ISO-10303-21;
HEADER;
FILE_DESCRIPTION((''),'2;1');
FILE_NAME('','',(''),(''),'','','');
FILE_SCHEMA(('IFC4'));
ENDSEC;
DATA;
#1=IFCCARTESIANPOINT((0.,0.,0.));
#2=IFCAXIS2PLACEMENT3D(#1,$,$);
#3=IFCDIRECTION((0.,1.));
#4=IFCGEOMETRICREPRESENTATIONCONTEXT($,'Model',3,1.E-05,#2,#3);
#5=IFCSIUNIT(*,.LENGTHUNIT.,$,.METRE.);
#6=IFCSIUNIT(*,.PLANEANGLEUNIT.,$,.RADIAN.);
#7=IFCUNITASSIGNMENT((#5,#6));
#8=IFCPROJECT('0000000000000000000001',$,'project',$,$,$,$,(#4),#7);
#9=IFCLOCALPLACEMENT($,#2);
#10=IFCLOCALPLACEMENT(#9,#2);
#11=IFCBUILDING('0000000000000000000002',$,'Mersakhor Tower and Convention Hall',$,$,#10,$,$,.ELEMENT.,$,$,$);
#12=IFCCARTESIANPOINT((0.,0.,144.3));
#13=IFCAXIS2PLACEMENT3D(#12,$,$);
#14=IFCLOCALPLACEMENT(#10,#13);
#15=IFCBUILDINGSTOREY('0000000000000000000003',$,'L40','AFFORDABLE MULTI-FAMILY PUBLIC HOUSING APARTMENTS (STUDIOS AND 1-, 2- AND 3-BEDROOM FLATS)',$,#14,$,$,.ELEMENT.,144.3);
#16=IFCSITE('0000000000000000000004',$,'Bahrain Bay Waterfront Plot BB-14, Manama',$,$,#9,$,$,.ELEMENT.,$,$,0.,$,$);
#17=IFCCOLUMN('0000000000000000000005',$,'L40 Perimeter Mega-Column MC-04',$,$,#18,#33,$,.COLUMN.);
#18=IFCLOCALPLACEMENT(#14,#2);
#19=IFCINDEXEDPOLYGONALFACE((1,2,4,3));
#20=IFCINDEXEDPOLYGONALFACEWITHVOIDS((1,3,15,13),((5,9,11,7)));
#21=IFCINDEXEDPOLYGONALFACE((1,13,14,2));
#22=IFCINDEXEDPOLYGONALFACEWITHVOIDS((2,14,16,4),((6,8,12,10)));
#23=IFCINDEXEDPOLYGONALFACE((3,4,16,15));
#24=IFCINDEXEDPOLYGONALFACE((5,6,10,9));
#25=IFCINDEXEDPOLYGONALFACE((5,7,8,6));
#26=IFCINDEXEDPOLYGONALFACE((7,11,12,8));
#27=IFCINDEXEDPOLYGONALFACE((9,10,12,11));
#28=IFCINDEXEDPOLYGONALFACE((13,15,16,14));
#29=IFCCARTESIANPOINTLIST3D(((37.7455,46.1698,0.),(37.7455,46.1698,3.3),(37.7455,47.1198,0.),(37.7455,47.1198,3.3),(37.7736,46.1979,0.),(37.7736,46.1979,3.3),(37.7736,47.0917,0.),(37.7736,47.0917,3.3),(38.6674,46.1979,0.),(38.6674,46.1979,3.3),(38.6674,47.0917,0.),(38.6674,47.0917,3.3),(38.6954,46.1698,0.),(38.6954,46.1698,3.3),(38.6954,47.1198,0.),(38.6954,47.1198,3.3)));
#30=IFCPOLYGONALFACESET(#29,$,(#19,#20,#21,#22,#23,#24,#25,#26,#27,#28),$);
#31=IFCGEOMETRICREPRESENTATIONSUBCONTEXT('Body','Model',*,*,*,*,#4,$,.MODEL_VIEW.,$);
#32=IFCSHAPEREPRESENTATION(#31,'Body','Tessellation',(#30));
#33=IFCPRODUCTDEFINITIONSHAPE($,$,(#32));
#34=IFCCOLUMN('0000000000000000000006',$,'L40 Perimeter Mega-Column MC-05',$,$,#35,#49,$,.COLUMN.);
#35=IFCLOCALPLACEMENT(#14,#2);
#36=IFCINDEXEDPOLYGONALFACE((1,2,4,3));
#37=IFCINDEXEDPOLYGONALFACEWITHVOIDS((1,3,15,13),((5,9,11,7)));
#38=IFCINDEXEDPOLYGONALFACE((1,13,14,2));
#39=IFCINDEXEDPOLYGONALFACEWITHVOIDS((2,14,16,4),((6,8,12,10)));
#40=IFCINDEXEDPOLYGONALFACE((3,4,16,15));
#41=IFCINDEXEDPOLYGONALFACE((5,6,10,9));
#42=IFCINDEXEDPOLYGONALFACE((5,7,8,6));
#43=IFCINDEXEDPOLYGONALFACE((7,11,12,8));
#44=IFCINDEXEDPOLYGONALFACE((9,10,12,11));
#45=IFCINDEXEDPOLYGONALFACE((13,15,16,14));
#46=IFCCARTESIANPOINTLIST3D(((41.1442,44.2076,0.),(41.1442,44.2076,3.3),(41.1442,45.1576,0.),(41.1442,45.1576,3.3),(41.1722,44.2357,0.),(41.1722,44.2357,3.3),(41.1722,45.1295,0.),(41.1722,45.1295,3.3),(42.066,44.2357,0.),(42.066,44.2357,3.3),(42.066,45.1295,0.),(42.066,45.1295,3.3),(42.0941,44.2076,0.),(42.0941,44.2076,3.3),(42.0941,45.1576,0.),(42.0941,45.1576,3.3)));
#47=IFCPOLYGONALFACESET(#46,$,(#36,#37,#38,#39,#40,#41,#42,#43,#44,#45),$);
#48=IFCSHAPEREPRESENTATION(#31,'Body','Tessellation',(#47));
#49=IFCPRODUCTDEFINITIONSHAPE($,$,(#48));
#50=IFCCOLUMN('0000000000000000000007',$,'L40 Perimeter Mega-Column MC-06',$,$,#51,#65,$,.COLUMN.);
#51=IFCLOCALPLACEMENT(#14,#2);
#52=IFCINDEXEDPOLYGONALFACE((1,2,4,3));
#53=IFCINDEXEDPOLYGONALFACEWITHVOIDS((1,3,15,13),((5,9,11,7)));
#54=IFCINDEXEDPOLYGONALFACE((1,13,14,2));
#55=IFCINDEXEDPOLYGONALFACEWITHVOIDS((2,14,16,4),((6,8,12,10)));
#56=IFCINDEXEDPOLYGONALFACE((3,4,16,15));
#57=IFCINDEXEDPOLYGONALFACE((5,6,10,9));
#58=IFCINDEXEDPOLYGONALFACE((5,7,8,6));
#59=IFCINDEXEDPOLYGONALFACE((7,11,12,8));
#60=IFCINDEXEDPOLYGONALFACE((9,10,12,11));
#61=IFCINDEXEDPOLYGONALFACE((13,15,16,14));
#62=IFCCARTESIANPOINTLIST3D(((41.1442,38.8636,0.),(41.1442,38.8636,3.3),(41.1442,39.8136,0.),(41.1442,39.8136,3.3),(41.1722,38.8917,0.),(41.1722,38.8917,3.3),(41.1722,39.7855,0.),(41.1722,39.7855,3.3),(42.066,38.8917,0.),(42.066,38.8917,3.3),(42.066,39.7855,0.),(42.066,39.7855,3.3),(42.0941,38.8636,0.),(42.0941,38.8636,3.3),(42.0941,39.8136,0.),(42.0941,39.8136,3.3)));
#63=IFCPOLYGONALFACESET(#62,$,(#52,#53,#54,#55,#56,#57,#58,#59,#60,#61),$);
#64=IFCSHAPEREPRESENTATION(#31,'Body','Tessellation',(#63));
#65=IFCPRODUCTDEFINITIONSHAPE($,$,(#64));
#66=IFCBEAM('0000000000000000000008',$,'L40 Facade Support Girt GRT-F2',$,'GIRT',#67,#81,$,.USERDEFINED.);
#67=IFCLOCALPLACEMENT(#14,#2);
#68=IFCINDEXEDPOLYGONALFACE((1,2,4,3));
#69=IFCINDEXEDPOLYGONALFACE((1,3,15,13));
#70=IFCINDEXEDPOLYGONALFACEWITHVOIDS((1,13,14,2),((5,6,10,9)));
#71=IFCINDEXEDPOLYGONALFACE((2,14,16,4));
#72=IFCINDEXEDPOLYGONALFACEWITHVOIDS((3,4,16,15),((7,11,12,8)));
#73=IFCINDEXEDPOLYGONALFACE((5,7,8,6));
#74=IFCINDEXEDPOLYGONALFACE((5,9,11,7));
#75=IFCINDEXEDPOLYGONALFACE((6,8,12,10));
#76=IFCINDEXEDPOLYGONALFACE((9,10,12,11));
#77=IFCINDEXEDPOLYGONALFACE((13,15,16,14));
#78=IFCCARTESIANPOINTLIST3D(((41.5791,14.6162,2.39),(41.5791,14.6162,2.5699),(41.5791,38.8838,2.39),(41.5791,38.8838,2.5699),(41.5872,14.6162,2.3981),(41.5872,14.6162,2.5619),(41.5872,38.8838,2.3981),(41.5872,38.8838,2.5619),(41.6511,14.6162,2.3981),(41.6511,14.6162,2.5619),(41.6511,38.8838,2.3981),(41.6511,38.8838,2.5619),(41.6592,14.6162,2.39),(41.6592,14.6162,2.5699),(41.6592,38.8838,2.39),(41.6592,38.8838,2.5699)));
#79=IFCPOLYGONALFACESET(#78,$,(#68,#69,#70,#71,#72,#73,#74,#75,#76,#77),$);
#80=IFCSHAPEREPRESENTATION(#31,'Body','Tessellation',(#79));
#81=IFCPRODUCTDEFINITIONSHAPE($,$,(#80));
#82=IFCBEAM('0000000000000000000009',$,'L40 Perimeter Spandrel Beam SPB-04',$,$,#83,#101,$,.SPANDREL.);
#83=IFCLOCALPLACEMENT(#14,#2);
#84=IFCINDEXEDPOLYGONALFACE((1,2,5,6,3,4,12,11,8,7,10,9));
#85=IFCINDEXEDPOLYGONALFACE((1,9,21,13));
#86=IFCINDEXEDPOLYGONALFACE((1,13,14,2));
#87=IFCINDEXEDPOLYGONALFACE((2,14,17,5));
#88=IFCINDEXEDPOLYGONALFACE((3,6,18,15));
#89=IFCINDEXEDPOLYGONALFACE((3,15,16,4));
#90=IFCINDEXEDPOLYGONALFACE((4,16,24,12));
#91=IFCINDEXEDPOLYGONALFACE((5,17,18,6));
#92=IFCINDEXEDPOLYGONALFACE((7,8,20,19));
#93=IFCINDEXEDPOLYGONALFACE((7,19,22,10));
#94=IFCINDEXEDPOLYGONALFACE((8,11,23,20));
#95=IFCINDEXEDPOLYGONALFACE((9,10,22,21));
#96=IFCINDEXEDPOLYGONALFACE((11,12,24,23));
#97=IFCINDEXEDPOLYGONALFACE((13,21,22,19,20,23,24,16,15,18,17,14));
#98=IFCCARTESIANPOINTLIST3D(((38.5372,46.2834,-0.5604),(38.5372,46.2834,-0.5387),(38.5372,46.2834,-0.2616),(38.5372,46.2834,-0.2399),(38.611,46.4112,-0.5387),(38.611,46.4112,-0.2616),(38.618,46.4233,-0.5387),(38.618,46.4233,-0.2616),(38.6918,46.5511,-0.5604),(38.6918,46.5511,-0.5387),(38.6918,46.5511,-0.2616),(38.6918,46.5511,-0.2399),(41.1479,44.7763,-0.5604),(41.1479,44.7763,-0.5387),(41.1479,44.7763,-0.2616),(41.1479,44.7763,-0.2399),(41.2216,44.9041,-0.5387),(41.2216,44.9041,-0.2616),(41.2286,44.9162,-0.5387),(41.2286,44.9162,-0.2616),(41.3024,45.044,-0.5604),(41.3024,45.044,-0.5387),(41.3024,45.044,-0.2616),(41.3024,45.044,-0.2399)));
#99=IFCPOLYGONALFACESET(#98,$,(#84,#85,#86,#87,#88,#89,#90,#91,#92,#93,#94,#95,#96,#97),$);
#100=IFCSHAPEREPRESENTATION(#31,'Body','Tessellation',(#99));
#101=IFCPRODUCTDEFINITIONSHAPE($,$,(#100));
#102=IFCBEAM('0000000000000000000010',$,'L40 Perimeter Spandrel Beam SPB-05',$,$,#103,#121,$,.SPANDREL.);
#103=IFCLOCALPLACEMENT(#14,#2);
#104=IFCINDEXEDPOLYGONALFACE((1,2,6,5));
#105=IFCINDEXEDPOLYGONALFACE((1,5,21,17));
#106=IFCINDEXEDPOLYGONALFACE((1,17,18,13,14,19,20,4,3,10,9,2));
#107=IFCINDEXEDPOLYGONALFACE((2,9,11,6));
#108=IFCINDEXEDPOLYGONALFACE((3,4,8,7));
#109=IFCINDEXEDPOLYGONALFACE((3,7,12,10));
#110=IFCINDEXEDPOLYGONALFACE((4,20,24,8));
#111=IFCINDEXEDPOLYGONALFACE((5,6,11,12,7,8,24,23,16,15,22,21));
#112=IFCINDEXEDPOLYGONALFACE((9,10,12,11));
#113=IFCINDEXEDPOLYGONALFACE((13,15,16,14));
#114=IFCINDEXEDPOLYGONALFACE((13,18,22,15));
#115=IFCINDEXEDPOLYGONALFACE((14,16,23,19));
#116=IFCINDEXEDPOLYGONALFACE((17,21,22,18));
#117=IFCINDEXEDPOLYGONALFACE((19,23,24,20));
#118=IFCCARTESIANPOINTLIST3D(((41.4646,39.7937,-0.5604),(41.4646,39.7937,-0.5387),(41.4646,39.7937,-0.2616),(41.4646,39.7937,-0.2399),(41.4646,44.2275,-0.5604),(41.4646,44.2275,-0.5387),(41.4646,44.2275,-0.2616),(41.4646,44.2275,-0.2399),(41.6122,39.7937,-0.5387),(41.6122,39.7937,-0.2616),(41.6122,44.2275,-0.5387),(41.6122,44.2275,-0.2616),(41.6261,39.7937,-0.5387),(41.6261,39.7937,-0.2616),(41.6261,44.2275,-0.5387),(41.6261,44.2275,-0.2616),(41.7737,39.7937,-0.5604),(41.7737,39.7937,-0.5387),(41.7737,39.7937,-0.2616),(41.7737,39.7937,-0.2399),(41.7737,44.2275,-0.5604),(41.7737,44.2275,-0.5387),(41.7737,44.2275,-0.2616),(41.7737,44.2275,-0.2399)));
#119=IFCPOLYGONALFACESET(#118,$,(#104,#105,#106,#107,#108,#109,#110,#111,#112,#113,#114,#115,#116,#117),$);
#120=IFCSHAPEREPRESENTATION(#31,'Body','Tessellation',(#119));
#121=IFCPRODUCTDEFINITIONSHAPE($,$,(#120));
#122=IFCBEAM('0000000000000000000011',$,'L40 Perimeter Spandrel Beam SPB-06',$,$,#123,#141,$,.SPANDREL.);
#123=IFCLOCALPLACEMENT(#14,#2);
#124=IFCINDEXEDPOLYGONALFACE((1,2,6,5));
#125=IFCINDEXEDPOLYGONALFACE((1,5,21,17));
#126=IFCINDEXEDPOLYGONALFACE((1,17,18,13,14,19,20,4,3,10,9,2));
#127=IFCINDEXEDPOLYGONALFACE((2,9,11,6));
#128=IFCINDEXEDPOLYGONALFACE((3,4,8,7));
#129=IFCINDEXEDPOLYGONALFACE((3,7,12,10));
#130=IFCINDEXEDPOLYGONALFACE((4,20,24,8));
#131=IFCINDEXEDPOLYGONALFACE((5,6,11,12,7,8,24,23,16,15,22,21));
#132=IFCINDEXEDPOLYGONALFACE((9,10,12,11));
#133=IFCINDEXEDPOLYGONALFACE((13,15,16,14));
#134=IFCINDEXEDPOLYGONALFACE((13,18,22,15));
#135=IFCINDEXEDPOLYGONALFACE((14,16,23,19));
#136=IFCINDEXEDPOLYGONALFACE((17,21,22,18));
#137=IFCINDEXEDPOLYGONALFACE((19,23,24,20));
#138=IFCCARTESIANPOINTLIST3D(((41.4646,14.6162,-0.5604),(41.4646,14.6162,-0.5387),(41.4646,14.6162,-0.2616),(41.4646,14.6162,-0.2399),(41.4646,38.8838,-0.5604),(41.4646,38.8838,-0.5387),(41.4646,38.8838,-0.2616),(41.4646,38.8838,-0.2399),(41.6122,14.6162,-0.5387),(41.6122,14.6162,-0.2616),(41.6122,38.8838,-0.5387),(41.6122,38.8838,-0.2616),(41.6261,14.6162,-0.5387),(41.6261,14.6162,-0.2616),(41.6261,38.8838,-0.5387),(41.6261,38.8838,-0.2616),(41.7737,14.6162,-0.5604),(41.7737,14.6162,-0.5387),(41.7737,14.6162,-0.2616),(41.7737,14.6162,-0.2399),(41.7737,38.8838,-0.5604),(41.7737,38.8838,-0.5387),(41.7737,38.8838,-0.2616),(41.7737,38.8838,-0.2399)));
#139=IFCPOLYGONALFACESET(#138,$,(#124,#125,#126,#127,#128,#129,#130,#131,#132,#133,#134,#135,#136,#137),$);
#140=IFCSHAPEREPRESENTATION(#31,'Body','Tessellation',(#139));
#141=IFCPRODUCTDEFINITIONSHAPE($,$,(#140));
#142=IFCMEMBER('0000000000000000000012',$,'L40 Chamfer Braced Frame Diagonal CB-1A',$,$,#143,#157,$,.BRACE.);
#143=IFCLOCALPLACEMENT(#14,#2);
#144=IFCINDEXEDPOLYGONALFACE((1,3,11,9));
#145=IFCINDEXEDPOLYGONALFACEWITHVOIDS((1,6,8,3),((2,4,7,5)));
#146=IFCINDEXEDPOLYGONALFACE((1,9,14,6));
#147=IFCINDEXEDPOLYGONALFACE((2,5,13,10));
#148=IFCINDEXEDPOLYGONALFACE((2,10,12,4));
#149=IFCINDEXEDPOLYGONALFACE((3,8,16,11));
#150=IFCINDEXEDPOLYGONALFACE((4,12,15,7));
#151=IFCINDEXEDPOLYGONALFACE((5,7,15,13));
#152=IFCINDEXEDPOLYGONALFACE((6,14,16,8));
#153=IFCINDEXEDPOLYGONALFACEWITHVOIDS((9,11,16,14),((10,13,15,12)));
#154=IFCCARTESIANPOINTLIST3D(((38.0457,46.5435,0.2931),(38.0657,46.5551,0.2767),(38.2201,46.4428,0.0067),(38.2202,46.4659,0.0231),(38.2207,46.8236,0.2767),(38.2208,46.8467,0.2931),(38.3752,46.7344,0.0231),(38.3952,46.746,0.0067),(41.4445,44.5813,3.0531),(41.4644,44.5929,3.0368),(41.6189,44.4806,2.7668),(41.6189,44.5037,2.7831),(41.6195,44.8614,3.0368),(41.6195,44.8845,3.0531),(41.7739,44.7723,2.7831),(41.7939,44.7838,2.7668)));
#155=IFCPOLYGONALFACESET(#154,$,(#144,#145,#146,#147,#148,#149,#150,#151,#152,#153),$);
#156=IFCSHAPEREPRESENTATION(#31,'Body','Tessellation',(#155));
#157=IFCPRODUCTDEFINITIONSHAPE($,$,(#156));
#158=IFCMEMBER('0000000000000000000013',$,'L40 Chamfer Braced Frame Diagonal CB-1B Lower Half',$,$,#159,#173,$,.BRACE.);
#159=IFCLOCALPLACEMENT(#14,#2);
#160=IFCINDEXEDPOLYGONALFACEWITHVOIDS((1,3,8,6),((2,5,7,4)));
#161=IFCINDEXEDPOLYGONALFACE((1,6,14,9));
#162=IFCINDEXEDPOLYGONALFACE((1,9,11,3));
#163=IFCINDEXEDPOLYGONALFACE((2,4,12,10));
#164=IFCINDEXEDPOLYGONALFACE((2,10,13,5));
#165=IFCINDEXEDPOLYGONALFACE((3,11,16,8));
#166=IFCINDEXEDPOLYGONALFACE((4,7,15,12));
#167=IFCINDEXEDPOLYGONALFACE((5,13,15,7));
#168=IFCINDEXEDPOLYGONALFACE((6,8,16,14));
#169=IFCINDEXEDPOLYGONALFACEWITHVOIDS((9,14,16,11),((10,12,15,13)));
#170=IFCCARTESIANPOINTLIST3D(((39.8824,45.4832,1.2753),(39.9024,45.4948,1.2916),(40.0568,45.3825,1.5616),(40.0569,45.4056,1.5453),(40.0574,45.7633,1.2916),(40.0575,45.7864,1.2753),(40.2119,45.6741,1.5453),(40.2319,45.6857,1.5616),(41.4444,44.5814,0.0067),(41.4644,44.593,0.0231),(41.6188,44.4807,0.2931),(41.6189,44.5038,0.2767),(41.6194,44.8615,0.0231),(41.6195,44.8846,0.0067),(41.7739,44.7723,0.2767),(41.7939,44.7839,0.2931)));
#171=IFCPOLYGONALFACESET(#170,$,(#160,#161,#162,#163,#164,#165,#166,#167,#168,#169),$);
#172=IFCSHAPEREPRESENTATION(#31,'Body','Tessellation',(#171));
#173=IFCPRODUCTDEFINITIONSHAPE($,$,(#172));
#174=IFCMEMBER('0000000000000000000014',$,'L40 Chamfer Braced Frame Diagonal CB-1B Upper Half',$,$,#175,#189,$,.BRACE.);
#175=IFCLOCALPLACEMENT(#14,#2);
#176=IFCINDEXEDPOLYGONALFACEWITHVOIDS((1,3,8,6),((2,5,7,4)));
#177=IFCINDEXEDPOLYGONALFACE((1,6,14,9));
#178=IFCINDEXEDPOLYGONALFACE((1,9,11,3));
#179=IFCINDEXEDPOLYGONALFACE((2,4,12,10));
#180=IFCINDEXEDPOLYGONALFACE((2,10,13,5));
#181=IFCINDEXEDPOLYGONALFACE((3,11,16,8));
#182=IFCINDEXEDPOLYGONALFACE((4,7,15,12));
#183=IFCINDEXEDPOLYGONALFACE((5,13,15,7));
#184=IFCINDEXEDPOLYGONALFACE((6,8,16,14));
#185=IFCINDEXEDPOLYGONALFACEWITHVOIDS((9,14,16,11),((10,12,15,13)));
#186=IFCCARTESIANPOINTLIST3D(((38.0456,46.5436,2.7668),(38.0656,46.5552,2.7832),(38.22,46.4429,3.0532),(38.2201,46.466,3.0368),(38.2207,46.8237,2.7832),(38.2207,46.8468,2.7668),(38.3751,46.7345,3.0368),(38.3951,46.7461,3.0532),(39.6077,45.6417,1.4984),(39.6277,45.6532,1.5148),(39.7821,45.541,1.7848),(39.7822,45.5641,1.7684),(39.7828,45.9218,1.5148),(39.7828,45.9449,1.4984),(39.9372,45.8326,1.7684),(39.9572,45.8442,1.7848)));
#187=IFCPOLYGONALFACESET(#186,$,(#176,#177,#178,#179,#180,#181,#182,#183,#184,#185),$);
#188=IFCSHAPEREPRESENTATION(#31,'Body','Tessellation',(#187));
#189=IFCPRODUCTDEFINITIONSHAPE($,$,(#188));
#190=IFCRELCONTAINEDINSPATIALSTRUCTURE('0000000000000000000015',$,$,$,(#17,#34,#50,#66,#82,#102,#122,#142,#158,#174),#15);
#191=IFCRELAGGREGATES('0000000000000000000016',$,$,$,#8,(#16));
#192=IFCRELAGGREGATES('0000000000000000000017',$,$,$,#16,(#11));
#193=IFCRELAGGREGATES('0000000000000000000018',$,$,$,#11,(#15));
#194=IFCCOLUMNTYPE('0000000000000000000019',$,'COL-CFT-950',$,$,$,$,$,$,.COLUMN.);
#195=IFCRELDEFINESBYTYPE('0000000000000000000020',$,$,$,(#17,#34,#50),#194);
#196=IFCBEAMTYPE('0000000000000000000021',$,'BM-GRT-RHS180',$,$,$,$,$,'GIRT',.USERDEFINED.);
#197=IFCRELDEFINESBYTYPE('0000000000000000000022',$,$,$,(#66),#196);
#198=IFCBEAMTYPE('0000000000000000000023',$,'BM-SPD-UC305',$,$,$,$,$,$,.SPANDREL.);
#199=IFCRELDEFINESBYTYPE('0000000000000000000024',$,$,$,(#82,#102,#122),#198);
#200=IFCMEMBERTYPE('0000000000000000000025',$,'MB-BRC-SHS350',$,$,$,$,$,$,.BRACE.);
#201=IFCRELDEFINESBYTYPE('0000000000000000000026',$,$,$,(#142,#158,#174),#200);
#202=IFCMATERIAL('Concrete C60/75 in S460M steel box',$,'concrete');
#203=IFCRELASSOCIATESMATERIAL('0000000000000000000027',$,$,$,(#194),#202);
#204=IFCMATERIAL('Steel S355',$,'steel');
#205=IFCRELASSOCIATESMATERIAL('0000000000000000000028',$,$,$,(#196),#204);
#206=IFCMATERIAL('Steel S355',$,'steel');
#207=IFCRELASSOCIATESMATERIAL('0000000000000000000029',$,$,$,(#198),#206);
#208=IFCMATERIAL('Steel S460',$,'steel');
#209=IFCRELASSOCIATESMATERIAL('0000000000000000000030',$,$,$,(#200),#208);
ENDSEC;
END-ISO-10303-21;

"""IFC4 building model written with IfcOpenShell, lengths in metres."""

from ifc_helpers import new_model, si_unit, direction, frame, origin, origin_2d, place, context, subcontext, project, spatial, hollow_rectangle, i_section, extrude, material, material_profile, profile_set, type_object, element, save


model = new_model("IFC4")

# Units and contexts
model_context = context("Model", 3, precision=1e-05, world=origin(), true_north=direction((0.0, 1.0)))
body_context = subcontext(model_context, "Body", "Model", "MODEL_VIEW")
ifc_project = project(units=[si_unit("LENGTHUNIT", "METRE"), si_unit("PLANEANGLEUNIT", "RADIAN")], contexts=[model_context])

# Site, building, storey
site_placement = place(None, origin())
site = spatial("IfcSite", under=ifc_project, at=site_placement, Name="Bahrain Bay Waterfront Plot BB-14, Manama", CompositionType="ELEMENT", RefElevation=0.0)
building_placement = place(site_placement, origin())
building = spatial("IfcBuilding", under=site, at=building_placement, Name="Mersakhor Tower and Convention Hall", CompositionType="ELEMENT")
storey_placement = place(building_placement, frame((0.0, 0.0, 144.3)))
storey = spatial("IfcBuildingStorey", under=building, at=storey_placement, Name="L40", Description="AFFORDABLE MULTI-FAMILY PUBLIC HOUSING APARTMENTS (STUDIOS AND 1-, 2- AND 3-BEDROOM FLATS)", CompositionType="ELEMENT", Elevation=144.3)

# Columns
ifc_material_1 = material(Name="Concrete C60/75 in S460M steel box", Category="concrete")
ifc_material_profile_1 = material_profile(ifc_material_1, hollow_rectangle(XDim=0.95, YDim=0.95, WallThickness=0.0281, at=origin_2d()), Name="SHS 950x950x28")
ifc_profile_set_1 = profile_set([ifc_material_profile_1], Name="Concrete C60/75 in S460M steel box")
column_type = type_object("IfcColumnType", Name="COL-CFT-950", PredefinedType="COLUMN", material=ifc_profile_set_1)
for number, where, z_axis, x_axis, name in (
    (1, (38.2205, 46.6448, 0.0), (0.0, 0.0, 1.0), (1.0, 0.0, 0.0), "L40 Perimeter Mega-Column MC-04"),
    (2, (41.6191, 44.6826, 0.0), (0.0, 0.0, 1.0), (1.0, 0.0, 0.0), "L40 Perimeter Mega-Column MC-05"),
    (3, (41.6191, 39.3386, 0.0), (0.0, 0.0, 1.0), (1.0, 0.0, 0.0), "L40 Perimeter Mega-Column MC-06"),
):
    element("IfcColumn", number, at=place(storey_placement, frame(where, z_axis=z_axis, x_axis=x_axis)), inside=storey, type_object=column_type, Name=name, PredefinedType="COLUMN", context=body_context, shape_type="SweptSolid", body=[
        extrude(hollow_rectangle(XDim=0.95, YDim=0.95, WallThickness=0.0281, at=origin_2d()), origin(), (0.0, 0.0, 1.0), 3.3),
    ])

# Beams
ifc_material_2 = material(Name="Steel S355", Category="steel")
ifc_material_profile_2 = material_profile(ifc_material_2, hollow_rectangle(XDim=0.0801, YDim=0.1799, WallThickness=0.0081, at=origin_2d()), Name="RHS 180x80x8")
ifc_profile_set_2 = profile_set([ifc_material_profile_2], Name="Steel S355")
beam_type_1 = type_object("IfcBeamType", Name="BM-GRT-RHS180", ElementType="GIRT", PredefinedType="USERDEFINED", material=ifc_profile_set_2)
beam_1_placement = place(storey_placement, frame((41.6191, 38.8838, 2.48), z_axis=(0.0, -1.0, 0.0), x_axis=(1.0, 0.0, 0.0)))
element("IfcBeam", 4, at=beam_1_placement, inside=storey, type_object=beam_type_1, Name="L40 Facade Support Girt GRT-F2", ObjectType="GIRT", PredefinedType="USERDEFINED", context=body_context, shape_type="SweptSolid", body=[
    extrude(hollow_rectangle(XDim=0.0801, YDim=0.1799, WallThickness=0.0081, at=origin_2d()), origin(), (0.0, 0.0, 1.0), 24.2676),
])
ifc_material_3 = material(Name="Steel S355", Category="steel")
ifc_material_profile_3 = material_profile(ifc_material_3, i_section(OverallWidth=0.3091, OverallDepth=0.3206, WebThickness=0.0139, FlangeThickness=0.0217, at=origin_2d()), Name="UC 305x305x137")
ifc_profile_set_3 = profile_set([ifc_material_profile_3], Name="Steel S355")
beam_type_2 = type_object("IfcBeamType", Name="BM-SPD-UC305", PredefinedType="SPANDREL", material=ifc_profile_set_3)
beam_2_placement = place(storey_placement, frame((38.6145, 46.4172, -0.4001), z_axis=(0.866047, -0.499963, 0.0), x_axis=(0.499963, 0.866047, 0.0)))
element("IfcBeam", 5, at=beam_2_placement, inside=storey, type_object=beam_type_2, Name="L40 Perimeter Spandrel Beam SPB-04", PredefinedType="SPANDREL", context=body_context, shape_type="SweptSolid", body=[
    extrude(i_section(OverallWidth=0.3091, OverallDepth=0.3206, WebThickness=0.0139, FlangeThickness=0.0217, at=origin_2d()), origin(), (0.0, 0.0, 1.0), 3.0144),
])
beam_3_placement = place(storey_placement, frame((41.6191, 44.2275, -0.4001), z_axis=(0.0, -1.0, 0.0), x_axis=(1.0, 0.0, 0.0)))
element("IfcBeam", 6, at=beam_3_placement, inside=storey, type_object=beam_type_2, Name="L40 Perimeter Spandrel Beam SPB-05", PredefinedType="SPANDREL", context=body_context, shape_type="SweptSolid", body=[
    extrude(i_section(OverallWidth=0.3091, OverallDepth=0.3206, WebThickness=0.0139, FlangeThickness=0.0217, at=origin_2d()), origin(), (0.0, 0.0, 1.0), 4.4338),
])
beam_4_placement = place(storey_placement, frame((41.6191, 38.8838, -0.4001), z_axis=(0.0, -1.0, 0.0), x_axis=(1.0, 0.0, 0.0)))
element("IfcBeam", 7, at=beam_4_placement, inside=storey, type_object=beam_type_2, Name="L40 Perimeter Spandrel Beam SPB-06", PredefinedType="SPANDREL", context=body_context, shape_type="SweptSolid", body=[
    extrude(i_section(OverallWidth=0.3091, OverallDepth=0.3206, WebThickness=0.0139, FlangeThickness=0.0217, at=origin_2d()), origin(), (0.0, 0.0, 1.0), 24.2676),
])

# Members
ifc_material_4 = material(Name="Steel S460", Category="steel")
ifc_material_profile_4 = material_profile(ifc_material_4, hollow_rectangle(XDim=0.3501, YDim=0.3501, WallThickness=0.02, at=origin_2d()), Name="SHS 350x350x20")
ifc_profile_set_4 = profile_set([ifc_material_profile_4], Name="Steel S460")
member_type = type_object("IfcMemberType", Name="MB-BRC-SHS350", PredefinedType="BRACE", material=ifc_profile_set_4)
member_placement = place(storey_placement, frame((38.2205, 46.6448, 0.1499), z_axis=(0.708385, -0.408972, 0.575267), x_axis=(0.499986, 0.866033, 0.0)))
element("IfcMember", 8, at=member_placement, inside=storey, type_object=member_type, Name="L40 Chamfer Braced Frame Diagonal CB-1A", PredefinedType="BRACE", context=body_context, shape_type="SweptSolid", body=[
    extrude(hollow_rectangle(XDim=0.3501, YDim=0.3501, WallThickness=0.02, at=origin_2d()), origin(), (0.0, 0.0, 1.0), 4.7979),
])
for number, where, z_axis, x_axis, name in (
    (9, (41.6191, 44.6826, 0.1499), (-0.708364, 0.408987, 0.575283), (-0.500011, -0.866019, 0.0), "L40 Chamfer Braced Frame Diagonal CB-1B Lower Half"),
    (10, (39.7825, 45.7429, 1.6416), (-0.708409, 0.409013, 0.575209), (-0.500011, -0.866019, 0.0), "L40 Chamfer Braced Frame Diagonal CB-1B Upper Half"),
):
    element("IfcMember", number, at=place(storey_placement, frame(where, z_axis=z_axis, x_axis=x_axis)), inside=storey, type_object=member_type, Name=name, PredefinedType="BRACE", context=body_context, shape_type="SweptSolid", body=[
        extrude(hollow_rectangle(XDim=0.3501, YDim=0.3501, WallThickness=0.02, at=origin_2d()), origin(), (0.0, 0.0, 1.0), 2.2051),
    ])

save(model, "model.ifc")
